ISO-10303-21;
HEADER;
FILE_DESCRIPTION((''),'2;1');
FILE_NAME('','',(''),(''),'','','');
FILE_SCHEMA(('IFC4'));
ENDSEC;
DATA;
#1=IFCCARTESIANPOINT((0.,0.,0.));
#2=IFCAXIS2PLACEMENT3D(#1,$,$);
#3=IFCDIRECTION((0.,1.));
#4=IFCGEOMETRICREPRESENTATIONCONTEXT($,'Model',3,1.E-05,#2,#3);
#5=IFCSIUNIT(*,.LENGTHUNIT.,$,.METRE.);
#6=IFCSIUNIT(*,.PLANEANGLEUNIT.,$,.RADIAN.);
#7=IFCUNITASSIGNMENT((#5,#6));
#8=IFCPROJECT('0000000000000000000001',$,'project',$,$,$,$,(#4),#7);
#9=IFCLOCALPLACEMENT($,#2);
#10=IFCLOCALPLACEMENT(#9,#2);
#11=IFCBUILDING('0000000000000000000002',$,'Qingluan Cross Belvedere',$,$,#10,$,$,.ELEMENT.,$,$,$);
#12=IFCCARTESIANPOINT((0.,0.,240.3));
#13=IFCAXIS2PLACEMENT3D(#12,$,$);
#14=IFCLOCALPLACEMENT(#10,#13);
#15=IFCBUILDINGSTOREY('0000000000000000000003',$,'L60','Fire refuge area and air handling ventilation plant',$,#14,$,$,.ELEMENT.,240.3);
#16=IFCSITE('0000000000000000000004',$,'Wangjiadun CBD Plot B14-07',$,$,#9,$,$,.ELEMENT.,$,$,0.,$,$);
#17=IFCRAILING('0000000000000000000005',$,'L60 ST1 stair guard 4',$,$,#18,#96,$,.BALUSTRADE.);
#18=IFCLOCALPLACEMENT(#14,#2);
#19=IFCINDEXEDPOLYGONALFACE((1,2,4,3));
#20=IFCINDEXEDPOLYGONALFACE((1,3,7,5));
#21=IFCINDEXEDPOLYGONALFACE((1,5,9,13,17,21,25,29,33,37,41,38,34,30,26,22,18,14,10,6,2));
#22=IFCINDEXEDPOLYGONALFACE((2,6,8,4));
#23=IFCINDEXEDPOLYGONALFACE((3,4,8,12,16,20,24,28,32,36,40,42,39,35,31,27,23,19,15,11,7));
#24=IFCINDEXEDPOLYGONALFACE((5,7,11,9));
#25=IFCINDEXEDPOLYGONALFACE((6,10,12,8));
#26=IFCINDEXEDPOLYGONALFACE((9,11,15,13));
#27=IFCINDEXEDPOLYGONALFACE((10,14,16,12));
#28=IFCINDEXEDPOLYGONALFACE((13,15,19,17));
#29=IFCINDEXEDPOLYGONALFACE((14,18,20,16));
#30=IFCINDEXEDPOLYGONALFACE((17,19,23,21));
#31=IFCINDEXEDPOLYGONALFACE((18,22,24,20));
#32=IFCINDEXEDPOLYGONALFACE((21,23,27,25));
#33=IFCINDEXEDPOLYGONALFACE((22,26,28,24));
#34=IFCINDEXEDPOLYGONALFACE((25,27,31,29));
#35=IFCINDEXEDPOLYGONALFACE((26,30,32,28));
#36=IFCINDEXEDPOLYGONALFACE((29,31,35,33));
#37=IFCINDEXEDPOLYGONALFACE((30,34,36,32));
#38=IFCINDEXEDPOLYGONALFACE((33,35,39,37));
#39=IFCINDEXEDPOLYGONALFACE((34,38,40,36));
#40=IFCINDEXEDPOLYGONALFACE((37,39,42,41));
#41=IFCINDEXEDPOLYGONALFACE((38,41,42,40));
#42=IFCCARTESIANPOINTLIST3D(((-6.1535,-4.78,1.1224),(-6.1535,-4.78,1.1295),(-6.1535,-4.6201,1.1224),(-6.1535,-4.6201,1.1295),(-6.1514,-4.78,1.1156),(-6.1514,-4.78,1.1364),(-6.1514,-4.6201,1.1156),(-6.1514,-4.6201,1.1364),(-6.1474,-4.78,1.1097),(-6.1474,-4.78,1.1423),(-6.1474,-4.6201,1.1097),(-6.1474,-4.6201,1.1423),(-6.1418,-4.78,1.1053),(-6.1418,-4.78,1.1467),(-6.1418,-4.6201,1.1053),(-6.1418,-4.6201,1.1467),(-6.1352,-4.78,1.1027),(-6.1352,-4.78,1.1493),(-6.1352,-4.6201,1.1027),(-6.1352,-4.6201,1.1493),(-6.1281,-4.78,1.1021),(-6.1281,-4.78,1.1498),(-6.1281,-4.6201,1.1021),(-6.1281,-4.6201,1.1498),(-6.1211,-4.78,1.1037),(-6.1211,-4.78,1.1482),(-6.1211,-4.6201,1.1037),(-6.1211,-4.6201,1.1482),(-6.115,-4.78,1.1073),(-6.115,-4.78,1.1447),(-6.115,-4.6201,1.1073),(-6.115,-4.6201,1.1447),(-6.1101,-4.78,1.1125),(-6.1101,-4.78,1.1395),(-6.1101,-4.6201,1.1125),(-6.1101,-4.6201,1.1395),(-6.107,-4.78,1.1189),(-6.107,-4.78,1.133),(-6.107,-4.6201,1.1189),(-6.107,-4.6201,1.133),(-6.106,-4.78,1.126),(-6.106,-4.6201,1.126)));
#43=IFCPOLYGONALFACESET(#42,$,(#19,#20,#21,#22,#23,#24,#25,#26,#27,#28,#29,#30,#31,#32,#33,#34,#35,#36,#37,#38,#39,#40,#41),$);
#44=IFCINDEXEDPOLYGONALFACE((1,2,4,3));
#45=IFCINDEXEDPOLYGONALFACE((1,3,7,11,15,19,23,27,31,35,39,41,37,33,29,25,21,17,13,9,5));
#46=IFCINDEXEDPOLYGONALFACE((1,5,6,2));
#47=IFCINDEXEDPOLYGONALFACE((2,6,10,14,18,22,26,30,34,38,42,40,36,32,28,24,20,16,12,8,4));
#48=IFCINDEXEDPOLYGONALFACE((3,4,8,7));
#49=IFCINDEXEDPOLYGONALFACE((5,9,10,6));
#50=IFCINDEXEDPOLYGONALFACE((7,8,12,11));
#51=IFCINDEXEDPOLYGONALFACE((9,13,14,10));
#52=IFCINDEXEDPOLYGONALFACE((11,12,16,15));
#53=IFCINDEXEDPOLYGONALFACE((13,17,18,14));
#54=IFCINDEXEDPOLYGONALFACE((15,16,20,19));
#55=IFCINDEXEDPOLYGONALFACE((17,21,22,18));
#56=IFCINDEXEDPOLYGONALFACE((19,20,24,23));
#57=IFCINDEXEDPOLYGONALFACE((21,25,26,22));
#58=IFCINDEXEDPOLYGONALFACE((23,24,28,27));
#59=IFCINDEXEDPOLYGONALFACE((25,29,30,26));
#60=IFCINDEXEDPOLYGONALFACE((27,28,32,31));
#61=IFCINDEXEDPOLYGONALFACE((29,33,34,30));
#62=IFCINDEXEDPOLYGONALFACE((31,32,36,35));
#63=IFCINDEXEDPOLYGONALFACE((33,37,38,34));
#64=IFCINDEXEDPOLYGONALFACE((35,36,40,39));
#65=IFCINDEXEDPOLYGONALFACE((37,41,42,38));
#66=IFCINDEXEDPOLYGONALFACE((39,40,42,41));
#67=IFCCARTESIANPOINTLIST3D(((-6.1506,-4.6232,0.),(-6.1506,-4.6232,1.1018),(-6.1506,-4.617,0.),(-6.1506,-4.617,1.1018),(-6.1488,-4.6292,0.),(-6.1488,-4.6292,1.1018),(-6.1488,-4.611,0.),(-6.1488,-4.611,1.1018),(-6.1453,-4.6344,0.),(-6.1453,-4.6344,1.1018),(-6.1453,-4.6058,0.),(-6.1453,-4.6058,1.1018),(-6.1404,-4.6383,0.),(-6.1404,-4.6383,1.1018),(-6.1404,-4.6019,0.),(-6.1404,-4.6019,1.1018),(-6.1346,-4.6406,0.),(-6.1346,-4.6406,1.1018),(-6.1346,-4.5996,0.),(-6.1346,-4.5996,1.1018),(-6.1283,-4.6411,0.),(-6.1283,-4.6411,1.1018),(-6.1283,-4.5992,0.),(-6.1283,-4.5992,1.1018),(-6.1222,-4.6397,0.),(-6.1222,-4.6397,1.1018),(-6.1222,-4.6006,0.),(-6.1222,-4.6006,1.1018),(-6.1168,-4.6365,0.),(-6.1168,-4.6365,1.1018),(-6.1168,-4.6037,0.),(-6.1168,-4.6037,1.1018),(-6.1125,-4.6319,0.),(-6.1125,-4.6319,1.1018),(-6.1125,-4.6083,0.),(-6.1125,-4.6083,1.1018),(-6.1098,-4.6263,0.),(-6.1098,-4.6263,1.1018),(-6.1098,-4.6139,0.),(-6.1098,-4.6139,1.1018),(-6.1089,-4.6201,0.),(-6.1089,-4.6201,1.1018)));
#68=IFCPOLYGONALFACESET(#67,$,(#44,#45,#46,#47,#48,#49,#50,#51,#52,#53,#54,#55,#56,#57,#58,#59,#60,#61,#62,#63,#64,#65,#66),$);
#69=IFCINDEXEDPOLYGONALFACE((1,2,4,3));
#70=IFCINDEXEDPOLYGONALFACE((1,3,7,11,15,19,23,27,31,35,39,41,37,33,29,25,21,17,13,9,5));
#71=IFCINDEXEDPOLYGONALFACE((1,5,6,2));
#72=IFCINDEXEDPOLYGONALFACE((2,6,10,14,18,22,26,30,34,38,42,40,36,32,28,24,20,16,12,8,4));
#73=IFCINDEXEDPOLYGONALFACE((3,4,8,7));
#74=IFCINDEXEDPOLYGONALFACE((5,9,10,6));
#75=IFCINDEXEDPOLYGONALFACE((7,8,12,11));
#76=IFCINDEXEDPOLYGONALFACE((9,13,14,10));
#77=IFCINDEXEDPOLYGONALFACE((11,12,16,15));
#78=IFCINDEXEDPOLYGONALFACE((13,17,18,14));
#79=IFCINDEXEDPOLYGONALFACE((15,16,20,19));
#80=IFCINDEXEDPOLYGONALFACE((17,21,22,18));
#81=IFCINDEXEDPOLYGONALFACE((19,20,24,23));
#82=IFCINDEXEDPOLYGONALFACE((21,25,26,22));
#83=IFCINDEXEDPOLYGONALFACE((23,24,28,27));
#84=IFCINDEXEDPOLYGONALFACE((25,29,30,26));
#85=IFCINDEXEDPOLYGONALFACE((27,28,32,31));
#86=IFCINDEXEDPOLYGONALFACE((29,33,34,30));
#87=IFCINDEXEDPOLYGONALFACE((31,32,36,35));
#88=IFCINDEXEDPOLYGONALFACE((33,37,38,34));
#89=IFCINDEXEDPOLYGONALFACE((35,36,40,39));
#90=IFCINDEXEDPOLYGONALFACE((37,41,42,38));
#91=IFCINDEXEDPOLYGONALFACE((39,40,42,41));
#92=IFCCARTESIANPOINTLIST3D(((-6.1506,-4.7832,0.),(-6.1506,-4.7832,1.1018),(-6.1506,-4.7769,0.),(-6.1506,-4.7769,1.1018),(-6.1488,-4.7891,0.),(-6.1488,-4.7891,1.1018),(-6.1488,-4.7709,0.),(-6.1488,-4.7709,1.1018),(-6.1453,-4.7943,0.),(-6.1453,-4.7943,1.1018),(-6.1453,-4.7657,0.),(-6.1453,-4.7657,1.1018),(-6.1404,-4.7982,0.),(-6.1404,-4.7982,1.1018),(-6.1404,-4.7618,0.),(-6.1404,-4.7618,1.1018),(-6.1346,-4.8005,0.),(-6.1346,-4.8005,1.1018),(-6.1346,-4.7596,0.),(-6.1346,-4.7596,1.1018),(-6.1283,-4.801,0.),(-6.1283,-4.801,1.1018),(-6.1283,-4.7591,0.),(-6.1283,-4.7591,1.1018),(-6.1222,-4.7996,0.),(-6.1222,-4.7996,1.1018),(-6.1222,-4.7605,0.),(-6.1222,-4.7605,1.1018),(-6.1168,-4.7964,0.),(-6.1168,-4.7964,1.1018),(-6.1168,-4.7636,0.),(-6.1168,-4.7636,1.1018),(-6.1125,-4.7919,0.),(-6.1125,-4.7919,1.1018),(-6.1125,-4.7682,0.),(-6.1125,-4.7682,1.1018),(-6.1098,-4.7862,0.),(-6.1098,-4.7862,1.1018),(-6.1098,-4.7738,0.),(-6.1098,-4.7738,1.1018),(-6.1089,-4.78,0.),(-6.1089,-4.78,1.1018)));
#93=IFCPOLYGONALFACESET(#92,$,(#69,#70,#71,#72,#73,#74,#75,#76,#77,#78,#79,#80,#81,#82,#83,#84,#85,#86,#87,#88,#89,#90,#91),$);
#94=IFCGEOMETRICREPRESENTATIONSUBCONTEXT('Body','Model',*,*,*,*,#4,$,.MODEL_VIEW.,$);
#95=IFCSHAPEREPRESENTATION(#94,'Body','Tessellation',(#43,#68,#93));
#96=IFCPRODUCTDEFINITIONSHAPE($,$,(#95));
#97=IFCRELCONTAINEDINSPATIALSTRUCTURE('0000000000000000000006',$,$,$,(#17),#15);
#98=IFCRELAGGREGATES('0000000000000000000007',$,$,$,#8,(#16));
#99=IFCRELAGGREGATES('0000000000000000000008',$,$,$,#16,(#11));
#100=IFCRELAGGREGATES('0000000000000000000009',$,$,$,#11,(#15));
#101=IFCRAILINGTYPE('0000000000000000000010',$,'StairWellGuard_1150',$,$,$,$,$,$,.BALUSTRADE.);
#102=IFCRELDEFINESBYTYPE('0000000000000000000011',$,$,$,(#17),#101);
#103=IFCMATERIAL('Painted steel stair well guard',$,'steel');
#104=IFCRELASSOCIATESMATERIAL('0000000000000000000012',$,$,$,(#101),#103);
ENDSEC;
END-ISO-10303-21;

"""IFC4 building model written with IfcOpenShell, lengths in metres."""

from ifc_helpers import new_model, si_unit, direction, frame, origin, origin_2d, place, context, subcontext, project, spatial, circle, extrude, material, type_object, element, save


model = new_model("IFC4")

# Units and contexts
model_context = context("Model", 3, precision=1e-05, world=origin(), true_north=direction((0.0, 1.0)))
body_context = subcontext(model_context, "Body", "Model", "MODEL_VIEW")
ifc_project = project(units=[si_unit("LENGTHUNIT", "METRE"), si_unit("PLANEANGLEUNIT", "RADIAN")], contexts=[model_context])

# Site, building, storey
site_placement = place(None, origin())
site = spatial("IfcSite", under=ifc_project, at=site_placement, Name="Wangjiadun CBD Plot B14-07", CompositionType="ELEMENT", RefElevation=0.0)
building_placement = place(site_placement, origin())
building = spatial("IfcBuilding", under=site, at=building_placement, Name="Qingluan Cross Belvedere", CompositionType="ELEMENT")
storey_placement = place(building_placement, frame((0.0, 0.0, 240.3)))
storey = spatial("IfcBuildingStorey", under=building, at=storey_placement, Name="L60", Description="Fire refuge area and air handling ventilation plant", CompositionType="ELEMENT", Elevation=240.3)

# Railing
ifc_material_1 = material(Name="Painted steel stair well guard", Category="steel")
railing_type_1 = type_object("IfcRailingType", Name="StairWellGuard_1150", PredefinedType="BALUSTRADE", material=ifc_material_1)
railing_1_placement = place(storey_placement, frame((-6.1299, -4.6201, 0.0)))
element("IfcRailing", 1, at=railing_1_placement, inside=storey, type_object=railing_type_1, Name="L60 ST1 stair guard 4", PredefinedType="BALUSTRADE", context=body_context, shape_type="SweptSolid", body=[
    extrude(circle(Radius=0.0239, at=origin_2d()), frame((0.0, 0.0, 1.126), z_axis=(0.0, -1.0, 0.0), x_axis=(1.0, 0.0, 0.0)), (0.0, 0.0, 1.0), 0.1599),
    extrude(circle(Radius=0.021, at=origin_2d()), origin(), (0.0, 0.0, 1.0), 1.1018),
    extrude(circle(Radius=0.021, at=origin_2d()), frame((0.0, -0.1599, 0.0)), (0.0, 0.0, 1.0), 1.1018),
])

save(model, "model.ifc")
